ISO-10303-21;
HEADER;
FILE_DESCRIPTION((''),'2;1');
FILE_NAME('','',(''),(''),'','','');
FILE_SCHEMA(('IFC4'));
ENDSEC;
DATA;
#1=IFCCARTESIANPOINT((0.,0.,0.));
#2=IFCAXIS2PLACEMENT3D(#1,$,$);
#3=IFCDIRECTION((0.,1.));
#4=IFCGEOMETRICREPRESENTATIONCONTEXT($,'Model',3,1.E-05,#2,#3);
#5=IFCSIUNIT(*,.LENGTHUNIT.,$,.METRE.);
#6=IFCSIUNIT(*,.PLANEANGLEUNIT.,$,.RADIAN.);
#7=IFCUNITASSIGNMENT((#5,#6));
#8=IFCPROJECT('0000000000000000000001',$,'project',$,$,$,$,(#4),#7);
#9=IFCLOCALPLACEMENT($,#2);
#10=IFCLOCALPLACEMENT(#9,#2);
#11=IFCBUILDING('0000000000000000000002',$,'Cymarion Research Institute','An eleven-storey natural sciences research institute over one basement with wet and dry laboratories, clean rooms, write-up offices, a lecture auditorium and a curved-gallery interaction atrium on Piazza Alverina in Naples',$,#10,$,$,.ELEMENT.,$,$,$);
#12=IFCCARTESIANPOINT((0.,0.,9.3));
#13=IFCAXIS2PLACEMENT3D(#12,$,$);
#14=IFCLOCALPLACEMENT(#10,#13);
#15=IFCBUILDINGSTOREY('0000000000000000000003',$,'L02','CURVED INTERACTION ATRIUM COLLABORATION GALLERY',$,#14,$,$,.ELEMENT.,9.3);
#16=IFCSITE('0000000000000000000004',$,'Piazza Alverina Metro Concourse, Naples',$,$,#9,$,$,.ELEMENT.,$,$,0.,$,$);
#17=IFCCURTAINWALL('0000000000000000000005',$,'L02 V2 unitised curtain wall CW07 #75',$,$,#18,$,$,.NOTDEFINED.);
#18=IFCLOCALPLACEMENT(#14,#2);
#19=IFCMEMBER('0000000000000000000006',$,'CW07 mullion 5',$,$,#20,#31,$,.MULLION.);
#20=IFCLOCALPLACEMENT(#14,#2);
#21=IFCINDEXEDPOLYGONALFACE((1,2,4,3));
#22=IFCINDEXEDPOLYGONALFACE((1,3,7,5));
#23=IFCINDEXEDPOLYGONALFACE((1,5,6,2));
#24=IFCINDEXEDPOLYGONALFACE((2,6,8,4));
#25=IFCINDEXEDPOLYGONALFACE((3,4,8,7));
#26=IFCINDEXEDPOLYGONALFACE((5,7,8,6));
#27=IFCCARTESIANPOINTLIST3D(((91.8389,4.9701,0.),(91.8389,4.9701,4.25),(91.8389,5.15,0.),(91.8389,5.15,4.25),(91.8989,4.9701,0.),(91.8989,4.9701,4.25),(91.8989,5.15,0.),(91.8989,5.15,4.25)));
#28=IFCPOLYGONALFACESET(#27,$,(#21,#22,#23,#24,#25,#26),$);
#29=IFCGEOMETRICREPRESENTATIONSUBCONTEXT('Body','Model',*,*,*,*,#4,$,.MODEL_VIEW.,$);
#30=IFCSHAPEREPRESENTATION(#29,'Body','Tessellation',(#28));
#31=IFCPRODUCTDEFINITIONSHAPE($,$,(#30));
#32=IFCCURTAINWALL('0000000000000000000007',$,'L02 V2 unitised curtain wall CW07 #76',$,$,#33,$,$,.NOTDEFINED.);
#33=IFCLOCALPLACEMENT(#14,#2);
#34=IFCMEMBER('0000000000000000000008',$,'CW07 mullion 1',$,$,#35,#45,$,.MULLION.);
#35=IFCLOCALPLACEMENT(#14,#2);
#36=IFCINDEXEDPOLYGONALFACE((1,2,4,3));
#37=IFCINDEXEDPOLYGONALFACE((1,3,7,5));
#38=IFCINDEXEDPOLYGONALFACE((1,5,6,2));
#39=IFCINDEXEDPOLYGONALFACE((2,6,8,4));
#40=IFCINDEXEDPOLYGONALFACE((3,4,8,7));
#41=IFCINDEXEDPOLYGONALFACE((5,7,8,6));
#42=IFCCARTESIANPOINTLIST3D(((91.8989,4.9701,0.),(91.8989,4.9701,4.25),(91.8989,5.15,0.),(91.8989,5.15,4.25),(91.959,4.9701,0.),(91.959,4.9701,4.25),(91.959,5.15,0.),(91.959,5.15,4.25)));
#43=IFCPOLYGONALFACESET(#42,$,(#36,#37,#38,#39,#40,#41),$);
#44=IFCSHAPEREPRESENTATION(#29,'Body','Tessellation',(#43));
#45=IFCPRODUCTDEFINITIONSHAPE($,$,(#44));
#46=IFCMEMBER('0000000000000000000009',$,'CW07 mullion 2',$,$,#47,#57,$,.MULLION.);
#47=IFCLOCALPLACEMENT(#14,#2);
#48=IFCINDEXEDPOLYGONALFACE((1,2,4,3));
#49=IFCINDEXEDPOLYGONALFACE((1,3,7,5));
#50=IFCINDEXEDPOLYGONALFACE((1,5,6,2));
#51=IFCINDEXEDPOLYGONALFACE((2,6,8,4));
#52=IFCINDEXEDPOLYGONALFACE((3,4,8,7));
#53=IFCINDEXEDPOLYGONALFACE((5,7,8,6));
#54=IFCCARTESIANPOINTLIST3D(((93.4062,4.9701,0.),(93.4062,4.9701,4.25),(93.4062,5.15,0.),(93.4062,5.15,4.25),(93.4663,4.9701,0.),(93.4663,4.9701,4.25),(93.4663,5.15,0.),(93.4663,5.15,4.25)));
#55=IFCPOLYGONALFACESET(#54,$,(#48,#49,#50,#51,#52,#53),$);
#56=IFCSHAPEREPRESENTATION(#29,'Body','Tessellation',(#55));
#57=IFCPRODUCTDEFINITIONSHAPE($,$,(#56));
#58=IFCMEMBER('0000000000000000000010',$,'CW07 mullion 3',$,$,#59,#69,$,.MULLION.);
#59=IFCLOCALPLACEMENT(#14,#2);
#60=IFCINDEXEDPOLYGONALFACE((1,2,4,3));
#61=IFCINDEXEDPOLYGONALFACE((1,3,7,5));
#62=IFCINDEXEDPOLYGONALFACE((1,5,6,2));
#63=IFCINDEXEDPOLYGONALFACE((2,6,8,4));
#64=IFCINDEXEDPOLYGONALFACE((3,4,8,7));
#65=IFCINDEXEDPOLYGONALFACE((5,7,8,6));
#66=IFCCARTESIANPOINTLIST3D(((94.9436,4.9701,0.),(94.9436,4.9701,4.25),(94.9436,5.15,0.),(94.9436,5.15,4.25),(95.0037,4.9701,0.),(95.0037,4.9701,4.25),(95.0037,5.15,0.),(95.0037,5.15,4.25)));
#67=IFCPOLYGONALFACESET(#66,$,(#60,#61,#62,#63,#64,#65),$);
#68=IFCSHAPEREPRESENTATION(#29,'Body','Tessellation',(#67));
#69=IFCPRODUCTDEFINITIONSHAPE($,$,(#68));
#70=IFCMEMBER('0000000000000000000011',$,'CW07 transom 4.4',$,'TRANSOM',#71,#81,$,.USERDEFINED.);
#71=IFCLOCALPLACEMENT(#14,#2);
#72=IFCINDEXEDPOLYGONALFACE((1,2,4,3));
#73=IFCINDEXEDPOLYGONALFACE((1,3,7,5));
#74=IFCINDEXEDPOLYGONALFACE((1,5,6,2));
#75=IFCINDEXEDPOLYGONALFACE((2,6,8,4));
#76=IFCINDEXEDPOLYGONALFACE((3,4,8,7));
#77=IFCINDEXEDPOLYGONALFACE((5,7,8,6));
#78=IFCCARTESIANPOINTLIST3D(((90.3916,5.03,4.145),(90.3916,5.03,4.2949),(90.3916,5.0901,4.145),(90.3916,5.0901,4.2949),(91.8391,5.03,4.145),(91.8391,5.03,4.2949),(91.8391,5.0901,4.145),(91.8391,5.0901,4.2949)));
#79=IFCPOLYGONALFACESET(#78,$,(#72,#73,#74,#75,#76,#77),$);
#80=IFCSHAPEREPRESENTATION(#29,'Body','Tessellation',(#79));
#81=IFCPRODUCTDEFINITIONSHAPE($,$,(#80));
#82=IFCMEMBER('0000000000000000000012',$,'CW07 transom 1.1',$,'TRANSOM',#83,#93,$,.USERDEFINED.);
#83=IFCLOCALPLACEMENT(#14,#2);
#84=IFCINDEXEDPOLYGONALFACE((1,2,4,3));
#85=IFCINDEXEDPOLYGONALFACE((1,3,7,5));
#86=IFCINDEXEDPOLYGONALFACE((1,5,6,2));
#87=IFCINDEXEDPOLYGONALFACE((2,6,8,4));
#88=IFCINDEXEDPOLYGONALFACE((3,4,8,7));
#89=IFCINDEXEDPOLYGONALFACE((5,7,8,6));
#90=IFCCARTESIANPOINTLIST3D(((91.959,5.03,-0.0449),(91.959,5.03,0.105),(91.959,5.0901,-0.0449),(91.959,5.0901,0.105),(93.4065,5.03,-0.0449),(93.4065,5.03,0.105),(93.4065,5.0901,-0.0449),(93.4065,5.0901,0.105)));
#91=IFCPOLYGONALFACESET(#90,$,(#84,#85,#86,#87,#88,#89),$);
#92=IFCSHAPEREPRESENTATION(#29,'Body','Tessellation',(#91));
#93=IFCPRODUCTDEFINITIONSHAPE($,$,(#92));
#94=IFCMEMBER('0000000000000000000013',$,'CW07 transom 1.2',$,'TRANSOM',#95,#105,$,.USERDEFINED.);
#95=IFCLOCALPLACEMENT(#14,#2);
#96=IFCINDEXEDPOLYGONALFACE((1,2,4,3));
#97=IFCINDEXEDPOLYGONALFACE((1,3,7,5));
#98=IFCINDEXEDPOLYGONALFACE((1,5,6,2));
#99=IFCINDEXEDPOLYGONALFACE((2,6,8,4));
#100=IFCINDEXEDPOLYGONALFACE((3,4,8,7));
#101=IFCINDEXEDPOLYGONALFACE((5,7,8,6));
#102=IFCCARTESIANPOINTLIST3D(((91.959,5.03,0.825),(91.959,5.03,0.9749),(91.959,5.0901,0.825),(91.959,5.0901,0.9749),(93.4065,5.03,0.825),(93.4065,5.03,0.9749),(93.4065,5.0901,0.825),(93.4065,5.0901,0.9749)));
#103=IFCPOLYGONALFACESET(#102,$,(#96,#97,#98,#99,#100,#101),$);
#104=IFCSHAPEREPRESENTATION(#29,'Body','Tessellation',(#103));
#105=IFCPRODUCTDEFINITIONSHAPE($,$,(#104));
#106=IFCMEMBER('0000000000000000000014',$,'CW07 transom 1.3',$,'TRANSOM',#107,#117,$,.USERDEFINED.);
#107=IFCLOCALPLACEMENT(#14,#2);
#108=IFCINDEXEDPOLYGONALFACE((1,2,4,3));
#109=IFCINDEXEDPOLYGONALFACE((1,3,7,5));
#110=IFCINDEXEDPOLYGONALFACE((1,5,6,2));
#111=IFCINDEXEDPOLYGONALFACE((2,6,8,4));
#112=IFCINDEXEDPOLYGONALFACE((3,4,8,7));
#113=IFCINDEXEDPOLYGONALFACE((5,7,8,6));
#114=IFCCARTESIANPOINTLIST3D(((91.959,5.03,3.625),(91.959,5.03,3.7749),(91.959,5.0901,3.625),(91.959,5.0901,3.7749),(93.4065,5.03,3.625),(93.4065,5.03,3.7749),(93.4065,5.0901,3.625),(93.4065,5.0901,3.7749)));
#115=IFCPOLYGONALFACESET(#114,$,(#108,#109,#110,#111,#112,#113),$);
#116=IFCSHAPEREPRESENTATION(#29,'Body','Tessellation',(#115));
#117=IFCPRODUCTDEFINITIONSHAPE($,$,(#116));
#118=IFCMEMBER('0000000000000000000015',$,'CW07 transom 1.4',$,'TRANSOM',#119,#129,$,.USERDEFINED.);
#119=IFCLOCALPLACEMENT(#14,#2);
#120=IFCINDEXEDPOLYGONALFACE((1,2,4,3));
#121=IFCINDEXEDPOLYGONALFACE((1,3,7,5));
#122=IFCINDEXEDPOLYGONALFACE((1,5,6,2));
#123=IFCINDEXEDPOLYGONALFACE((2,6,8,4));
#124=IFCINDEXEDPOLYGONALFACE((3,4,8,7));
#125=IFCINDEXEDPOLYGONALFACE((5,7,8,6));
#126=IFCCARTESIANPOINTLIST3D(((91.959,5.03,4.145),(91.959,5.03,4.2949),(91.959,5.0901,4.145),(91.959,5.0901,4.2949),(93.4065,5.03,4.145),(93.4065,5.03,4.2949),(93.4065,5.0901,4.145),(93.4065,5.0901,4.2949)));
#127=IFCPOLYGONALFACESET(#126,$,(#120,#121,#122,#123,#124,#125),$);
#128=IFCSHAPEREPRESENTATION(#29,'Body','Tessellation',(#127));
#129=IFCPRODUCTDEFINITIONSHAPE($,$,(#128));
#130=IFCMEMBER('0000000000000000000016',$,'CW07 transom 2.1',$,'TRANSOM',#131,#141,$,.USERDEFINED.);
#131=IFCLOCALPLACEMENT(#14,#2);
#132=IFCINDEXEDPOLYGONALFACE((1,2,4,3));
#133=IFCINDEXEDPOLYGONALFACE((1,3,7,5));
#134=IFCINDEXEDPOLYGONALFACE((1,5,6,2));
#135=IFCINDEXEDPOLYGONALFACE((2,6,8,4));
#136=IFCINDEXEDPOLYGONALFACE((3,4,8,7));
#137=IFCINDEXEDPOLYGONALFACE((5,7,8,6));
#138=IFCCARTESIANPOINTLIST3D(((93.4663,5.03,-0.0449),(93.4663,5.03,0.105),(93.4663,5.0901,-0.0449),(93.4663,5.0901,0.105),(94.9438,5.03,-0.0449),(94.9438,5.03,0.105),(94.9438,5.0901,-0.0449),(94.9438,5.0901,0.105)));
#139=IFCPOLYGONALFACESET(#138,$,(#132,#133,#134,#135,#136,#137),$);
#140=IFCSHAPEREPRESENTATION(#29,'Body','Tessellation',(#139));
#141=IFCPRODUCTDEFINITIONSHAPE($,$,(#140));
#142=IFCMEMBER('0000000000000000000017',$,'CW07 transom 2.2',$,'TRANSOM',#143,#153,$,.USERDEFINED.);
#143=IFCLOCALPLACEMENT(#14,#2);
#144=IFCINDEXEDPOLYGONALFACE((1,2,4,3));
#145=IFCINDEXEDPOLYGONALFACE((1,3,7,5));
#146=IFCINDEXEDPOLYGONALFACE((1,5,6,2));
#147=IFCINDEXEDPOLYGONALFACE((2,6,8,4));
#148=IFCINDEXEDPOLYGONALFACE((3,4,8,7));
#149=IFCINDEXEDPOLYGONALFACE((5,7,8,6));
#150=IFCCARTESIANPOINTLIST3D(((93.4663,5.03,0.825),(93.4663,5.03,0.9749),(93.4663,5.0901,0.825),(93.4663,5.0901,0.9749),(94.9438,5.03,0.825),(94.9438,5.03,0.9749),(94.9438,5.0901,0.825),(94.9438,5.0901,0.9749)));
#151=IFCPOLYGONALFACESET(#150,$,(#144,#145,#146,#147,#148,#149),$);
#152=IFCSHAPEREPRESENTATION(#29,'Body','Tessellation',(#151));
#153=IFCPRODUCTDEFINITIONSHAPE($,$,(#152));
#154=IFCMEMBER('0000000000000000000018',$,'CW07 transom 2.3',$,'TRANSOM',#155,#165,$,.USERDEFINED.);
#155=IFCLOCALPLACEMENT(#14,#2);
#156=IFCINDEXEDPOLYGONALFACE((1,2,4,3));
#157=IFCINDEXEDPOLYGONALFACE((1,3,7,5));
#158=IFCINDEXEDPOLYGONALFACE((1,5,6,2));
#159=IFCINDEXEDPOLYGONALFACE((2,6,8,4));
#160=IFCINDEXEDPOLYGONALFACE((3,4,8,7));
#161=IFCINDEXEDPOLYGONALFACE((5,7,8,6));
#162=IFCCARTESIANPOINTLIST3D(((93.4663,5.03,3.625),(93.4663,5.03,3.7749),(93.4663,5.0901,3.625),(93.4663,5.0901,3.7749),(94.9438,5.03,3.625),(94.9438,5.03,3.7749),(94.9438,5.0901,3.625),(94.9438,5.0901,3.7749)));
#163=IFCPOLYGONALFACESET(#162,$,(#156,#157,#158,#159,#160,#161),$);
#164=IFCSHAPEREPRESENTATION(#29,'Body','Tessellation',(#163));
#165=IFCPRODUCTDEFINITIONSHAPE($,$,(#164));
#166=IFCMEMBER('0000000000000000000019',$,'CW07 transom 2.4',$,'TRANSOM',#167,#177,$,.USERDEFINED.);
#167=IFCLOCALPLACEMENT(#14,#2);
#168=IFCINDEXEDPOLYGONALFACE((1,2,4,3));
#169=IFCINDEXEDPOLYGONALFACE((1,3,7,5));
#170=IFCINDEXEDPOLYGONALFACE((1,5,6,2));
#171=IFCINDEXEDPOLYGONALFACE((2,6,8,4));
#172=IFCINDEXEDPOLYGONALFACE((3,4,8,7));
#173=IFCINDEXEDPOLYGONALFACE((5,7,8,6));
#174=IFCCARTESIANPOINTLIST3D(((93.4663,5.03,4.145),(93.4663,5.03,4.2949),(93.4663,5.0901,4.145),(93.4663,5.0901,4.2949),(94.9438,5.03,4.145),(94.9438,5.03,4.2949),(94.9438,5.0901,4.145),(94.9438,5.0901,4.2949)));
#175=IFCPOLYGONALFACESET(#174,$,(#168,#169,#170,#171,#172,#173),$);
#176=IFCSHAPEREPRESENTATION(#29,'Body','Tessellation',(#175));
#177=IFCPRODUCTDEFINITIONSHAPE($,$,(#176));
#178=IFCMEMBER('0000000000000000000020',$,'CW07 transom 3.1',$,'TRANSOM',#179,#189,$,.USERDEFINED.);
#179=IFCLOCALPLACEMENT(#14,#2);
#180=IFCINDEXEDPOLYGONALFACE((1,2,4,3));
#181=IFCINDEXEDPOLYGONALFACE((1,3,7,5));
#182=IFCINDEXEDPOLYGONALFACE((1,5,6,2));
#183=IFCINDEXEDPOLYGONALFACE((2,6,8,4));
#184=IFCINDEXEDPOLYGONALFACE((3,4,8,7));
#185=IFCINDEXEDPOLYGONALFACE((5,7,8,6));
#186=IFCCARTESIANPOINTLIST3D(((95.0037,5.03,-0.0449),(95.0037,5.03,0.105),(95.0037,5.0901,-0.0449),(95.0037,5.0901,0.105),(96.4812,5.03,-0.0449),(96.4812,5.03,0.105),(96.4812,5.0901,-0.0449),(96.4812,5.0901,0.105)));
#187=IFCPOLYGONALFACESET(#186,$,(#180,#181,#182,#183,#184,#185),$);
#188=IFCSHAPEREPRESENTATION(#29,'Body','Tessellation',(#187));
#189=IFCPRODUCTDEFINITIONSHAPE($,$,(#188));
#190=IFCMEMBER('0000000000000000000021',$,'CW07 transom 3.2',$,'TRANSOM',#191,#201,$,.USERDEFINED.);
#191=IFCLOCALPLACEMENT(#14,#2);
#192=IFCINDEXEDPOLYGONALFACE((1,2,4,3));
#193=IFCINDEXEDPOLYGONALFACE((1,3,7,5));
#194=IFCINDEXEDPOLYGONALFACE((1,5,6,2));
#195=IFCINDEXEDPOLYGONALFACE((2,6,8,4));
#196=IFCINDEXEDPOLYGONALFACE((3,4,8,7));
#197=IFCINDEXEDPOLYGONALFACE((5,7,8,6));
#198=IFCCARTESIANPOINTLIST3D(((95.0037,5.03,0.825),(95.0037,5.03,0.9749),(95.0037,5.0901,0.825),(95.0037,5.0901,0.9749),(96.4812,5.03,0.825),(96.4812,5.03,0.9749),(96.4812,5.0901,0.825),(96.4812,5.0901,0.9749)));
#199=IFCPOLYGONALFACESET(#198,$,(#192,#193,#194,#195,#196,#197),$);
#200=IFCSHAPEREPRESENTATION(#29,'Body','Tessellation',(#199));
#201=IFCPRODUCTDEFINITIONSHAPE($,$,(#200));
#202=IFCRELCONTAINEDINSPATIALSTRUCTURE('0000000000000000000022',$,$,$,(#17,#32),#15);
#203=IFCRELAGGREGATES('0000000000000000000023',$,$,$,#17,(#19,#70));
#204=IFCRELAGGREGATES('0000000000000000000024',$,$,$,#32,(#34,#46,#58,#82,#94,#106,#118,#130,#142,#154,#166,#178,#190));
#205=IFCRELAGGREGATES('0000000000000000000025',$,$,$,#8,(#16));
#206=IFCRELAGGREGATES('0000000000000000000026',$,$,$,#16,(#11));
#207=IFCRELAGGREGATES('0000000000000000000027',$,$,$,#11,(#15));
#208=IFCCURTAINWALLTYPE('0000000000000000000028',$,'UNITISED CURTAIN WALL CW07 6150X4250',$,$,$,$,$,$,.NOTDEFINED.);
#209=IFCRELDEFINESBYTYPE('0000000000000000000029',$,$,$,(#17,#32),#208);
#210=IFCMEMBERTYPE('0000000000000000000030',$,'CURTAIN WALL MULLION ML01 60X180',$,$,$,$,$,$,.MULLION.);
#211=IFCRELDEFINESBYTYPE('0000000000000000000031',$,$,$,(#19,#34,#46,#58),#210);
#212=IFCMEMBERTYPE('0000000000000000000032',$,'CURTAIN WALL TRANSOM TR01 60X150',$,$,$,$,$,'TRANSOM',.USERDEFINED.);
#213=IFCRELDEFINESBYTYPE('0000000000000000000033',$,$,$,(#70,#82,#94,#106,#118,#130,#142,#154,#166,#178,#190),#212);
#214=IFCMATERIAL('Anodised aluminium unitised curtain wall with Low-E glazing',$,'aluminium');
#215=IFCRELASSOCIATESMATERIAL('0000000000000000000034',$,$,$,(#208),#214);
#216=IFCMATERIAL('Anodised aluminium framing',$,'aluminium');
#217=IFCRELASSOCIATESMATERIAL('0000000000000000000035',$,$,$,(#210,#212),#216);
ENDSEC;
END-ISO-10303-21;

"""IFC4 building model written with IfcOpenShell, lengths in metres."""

from ifc_helpers import new_model, si_unit, direction, frame, origin, origin_2d, place, context, subcontext, project, spatial, rectangle, extrude, material, material_profile, profile_set, type_object, element, aggregate, save


model = new_model("IFC4")

# Units and contexts
model_context = context("Model", 3, precision=1e-05, world=origin(), true_north=direction((0.0, 1.0)))
body_context = subcontext(model_context, "Body", "Model", "MODEL_VIEW")
ifc_project = project(units=[si_unit("LENGTHUNIT", "METRE"), si_unit("PLANEANGLEUNIT", "RADIAN")], contexts=[model_context])

# Site, building, storey
site_placement = place(None, origin())
site = spatial("IfcSite", under=ifc_project, at=site_placement, Name="Piazza Alverina Metro Concourse, Naples", CompositionType="ELEMENT", RefElevation=0.0)
building_placement = place(site_placement, origin())
building = spatial("IfcBuilding", under=site, at=building_placement, Name="Cymarion Research Institute", Description="An eleven-storey natural sciences research institute over one basement with wet and dry laboratories, clean rooms, write-up offices, a lecture auditorium and a curved-gallery interaction atrium on Piazza Alverina in Naples", CompositionType="ELEMENT")
storey_placement = place(building_placement, frame((0.0, 0.0, 9.3)))
storey = spatial("IfcBuildingStorey", under=building, at=storey_placement, Name="L02", Description="CURVED INTERACTION ATRIUM COLLABORATION GALLERY", CompositionType="ELEMENT", Elevation=9.3)

# Curtain wall, member
ifc_material_1 = material(Name="Anodised aluminium unitised curtain wall with Low-E glazing", Category="aluminium")
curtain_wall_type = type_object("IfcCurtainWallType", Name="UNITISED CURTAIN WALL CW07 6150X4250", PredefinedType="NOTDEFINED", material=ifc_material_1)
curtain_wall_1_placement = place(storey_placement, origin())
curtain_wall_1 = element("IfcCurtainWall", 1, at=curtain_wall_1_placement, inside=storey, type_object=curtain_wall_type, Name="L02 V2 unitised curtain wall CW07 #75", PredefinedType="NOTDEFINED")
ifc_material_2 = material(Name="Anodised aluminium framing", Category="aluminium")
ifc_material_profile_1 = material_profile(ifc_material_2, rectangle(XDim=0.0601, YDim=0.1799, at=origin_2d()), Name="ALU MULLION 60x180")
ifc_profile_set_1 = profile_set([ifc_material_profile_1], Name="Anodised aluminium framing")
member_type_1 = type_object("IfcMemberType", Name="CURTAIN WALL MULLION ML01 60X180", PredefinedType="MULLION", material=ifc_profile_set_1)
member_1_placement = place(storey_placement, frame((91.8689, 5.0601, 0.0), z_axis=(0.0, 0.0, 1.0), x_axis=(1.0, 0.0, 0.0)))
member_1 = element("IfcMember", 2, at=member_1_placement, type_object=member_type_1, Name="CW07 mullion 5", PredefinedType="MULLION", context=body_context, shape_type="SweptSolid", body=[
    extrude(rectangle(XDim=0.0601, YDim=0.1799, at=origin_2d()), origin(), (0.0, 0.0, 1.0), 4.25),
])

# Curtain wall, members
curtain_wall_2_placement = place(storey_placement, origin())
curtain_wall_2 = element("IfcCurtainWall", 3, at=curtain_wall_2_placement, inside=storey, type_object=curtain_wall_type, Name="L02 V2 unitised curtain wall CW07 #76", PredefinedType="NOTDEFINED")
member_2_placement = place(storey_placement, frame((91.929, 5.0601, 0.0), z_axis=(0.0, 0.0, 1.0), x_axis=(1.0, 0.0, 0.0)))
member_2 = element("IfcMember", 4, at=member_2_placement, type_object=member_type_1, Name="CW07 mullion 1", PredefinedType="MULLION", context=body_context, shape_type="SweptSolid", body=[
    extrude(rectangle(XDim=0.0601, YDim=0.1799, at=origin_2d()), origin(), (0.0, 0.0, 1.0), 4.25),
])
member_3_placement = place(storey_placement, frame((93.4363, 5.0601, 0.0), z_axis=(0.0, 0.0, 1.0), x_axis=(1.0, 0.0, 0.0)))
member_3 = element("IfcMember", 5, at=member_3_placement, type_object=member_type_1, Name="CW07 mullion 2", PredefinedType="MULLION", context=body_context, shape_type="SweptSolid", body=[
    extrude(rectangle(XDim=0.0601, YDim=0.1799, at=origin_2d()), origin(), (0.0, 0.0, 1.0), 4.25),
])
member_4_placement = place(storey_placement, frame((94.9736, 5.0601, 0.0), z_axis=(0.0, 0.0, 1.0), x_axis=(1.0, 0.0, 0.0)))
member_4 = element("IfcMember", 6, at=member_4_placement, type_object=member_type_1, Name="CW07 mullion 3", PredefinedType="MULLION", context=body_context, shape_type="SweptSolid", body=[
    extrude(rectangle(XDim=0.0601, YDim=0.1799, at=origin_2d()), origin(), (0.0, 0.0, 1.0), 4.25),
])

# Members
ifc_material_profile_2 = material_profile(ifc_material_2, rectangle(XDim=0.0601, YDim=0.1499, at=origin_2d()), Name="ALU TRANSOM 60x150")
ifc_profile_set_2 = profile_set([ifc_material_profile_2], Name="Anodised aluminium framing")
member_type_2 = type_object("IfcMemberType", Name="CURTAIN WALL TRANSOM TR01 60X150", ElementType="TRANSOM", PredefinedType="USERDEFINED", material=ifc_profile_set_2)
member_5_placement = place(storey_placement, frame((90.3916, 5.0601, 4.22), z_axis=(1.0, 0.0, 0.0), x_axis=(0.0, 1.0, 0.0)))
member_5 = element("IfcMember", 7, at=member_5_placement, type_object=member_type_2, Name="CW07 transom 4.4", ObjectType="TRANSOM", PredefinedType="USERDEFINED", context=body_context, shape_type="SweptSolid", body=[
    extrude(rectangle(XDim=0.0601, YDim=0.1499, at=origin_2d()), origin(), (0.0, 0.0, 1.0), 1.4475),
])
member_6_placement = place(storey_placement, frame((91.959, 5.0601, 0.03), z_axis=(1.0, 0.0, 0.0), x_axis=(0.0, 1.0, 0.0)))
member_6 = element("IfcMember", 8, at=member_6_placement, type_object=member_type_2, Name="CW07 transom 1.1", ObjectType="TRANSOM", PredefinedType="USERDEFINED", context=body_context, shape_type="SweptSolid", body=[
    extrude(rectangle(XDim=0.0601, YDim=0.1499, at=origin_2d()), origin(), (0.0, 0.0, 1.0), 1.4475),
])
member_7_placement = place(storey_placement, frame((91.959, 5.0601, 0.8999), z_axis=(1.0, 0.0, 0.0), x_axis=(0.0, 1.0, 0.0)))
member_7 = element("IfcMember", 9, at=member_7_placement, type_object=member_type_2, Name="CW07 transom 1.2", ObjectType="TRANSOM", PredefinedType="USERDEFINED", context=body_context, shape_type="SweptSolid", body=[
    extrude(rectangle(XDim=0.0601, YDim=0.1499, at=origin_2d()), origin(), (0.0, 0.0, 1.0), 1.4475),
])
member_8_placement = place(storey_placement, frame((91.959, 5.0601, 3.7), z_axis=(1.0, 0.0, 0.0), x_axis=(0.0, 1.0, 0.0)))
member_8 = element("IfcMember", 10, at=member_8_placement, type_object=member_type_2, Name="CW07 transom 1.3", ObjectType="TRANSOM", PredefinedType="USERDEFINED", context=body_context, shape_type="SweptSolid", body=[
    extrude(rectangle(XDim=0.0601, YDim=0.1499, at=origin_2d()), origin(), (0.0, 0.0, 1.0), 1.4475),
])
member_9_placement = place(storey_placement, frame((91.959, 5.0601, 4.22), z_axis=(1.0, 0.0, 0.0), x_axis=(0.0, 1.0, 0.0)))
member_9 = element("IfcMember", 11, at=member_9_placement, type_object=member_type_2, Name="CW07 transom 1.4", ObjectType="TRANSOM", PredefinedType="USERDEFINED", context=body_context, shape_type="SweptSolid", body=[
    extrude(rectangle(XDim=0.0601, YDim=0.1499, at=origin_2d()), origin(), (0.0, 0.0, 1.0), 1.4475),
])
member_10_placement = place(storey_placement, frame((93.4663, 5.0601, 0.03), z_axis=(1.0, 0.0, 0.0), x_axis=(0.0, 1.0, 0.0)))
member_10 = element("IfcMember", 12, at=member_10_placement, type_object=member_type_2, Name="CW07 transom 2.1", ObjectType="TRANSOM", PredefinedType="USERDEFINED", context=body_context, shape_type="SweptSolid", body=[
    extrude(rectangle(XDim=0.0601, YDim=0.1499, at=origin_2d()), origin(), (0.0, 0.0, 1.0), 1.4775),
])
member_11_placement = place(storey_placement, frame((93.4663, 5.0601, 0.8999), z_axis=(1.0, 0.0, 0.0), x_axis=(0.0, 1.0, 0.0)))
member_11 = element("IfcMember", 13, at=member_11_placement, type_object=member_type_2, Name="CW07 transom 2.2", ObjectType="TRANSOM", PredefinedType="USERDEFINED", context=body_context, shape_type="SweptSolid", body=[
    extrude(rectangle(XDim=0.0601, YDim=0.1499, at=origin_2d()), origin(), (0.0, 0.0, 1.0), 1.4775),
])
member_12_placement = place(storey_placement, frame((93.4663, 5.0601, 3.7), z_axis=(1.0, 0.0, 0.0), x_axis=(0.0, 1.0, 0.0)))
member_12 = element("IfcMember", 14, at=member_12_placement, type_object=member_type_2, Name="CW07 transom 2.3", ObjectType="TRANSOM", PredefinedType="USERDEFINED", context=body_context, shape_type="SweptSolid", body=[
    extrude(rectangle(XDim=0.0601, YDim=0.1499, at=origin_2d()), origin(), (0.0, 0.0, 1.0), 1.4775),
])
member_13_placement = place(storey_placement, frame((93.4663, 5.0601, 4.22), z_axis=(1.0, 0.0, 0.0), x_axis=(0.0, 1.0, 0.0)))
member_13 = element("IfcMember", 15, at=member_13_placement, type_object=member_type_2, Name="CW07 transom 2.4", ObjectType="TRANSOM", PredefinedType="USERDEFINED", context=body_context, shape_type="SweptSolid", body=[
    extrude(rectangle(XDim=0.0601, YDim=0.1499, at=origin_2d()), origin(), (0.0, 0.0, 1.0), 1.4775),
])
member_14_placement = place(storey_placement, frame((95.0037, 5.0601, 0.03), z_axis=(1.0, 0.0, 0.0), x_axis=(0.0, 1.0, 0.0)))
member_14 = element("IfcMember", 16, at=member_14_placement, type_object=member_type_2, Name="CW07 transom 3.1", ObjectType="TRANSOM", PredefinedType="USERDEFINED", context=body_context, shape_type="SweptSolid", body=[
    extrude(rectangle(XDim=0.0601, YDim=0.1499, at=origin_2d()), origin(), (0.0, 0.0, 1.0), 1.4775),
])
member_15_placement = place(storey_placement, frame((95.0037, 5.0601, 0.8999), z_axis=(1.0, 0.0, 0.0), x_axis=(0.0, 1.0, 0.0)))
member_15 = element("IfcMember", 17, at=member_15_placement, type_object=member_type_2, Name="CW07 transom 3.2", ObjectType="TRANSOM", PredefinedType="USERDEFINED", context=body_context, shape_type="SweptSolid", body=[
    extrude(rectangle(XDim=0.0601, YDim=0.1499, at=origin_2d()), origin(), (0.0, 0.0, 1.0), 1.4775),
])

aggregate(curtain_wall_1, [member_1, member_5])
aggregate(curtain_wall_2, [member_2, member_3, member_4, member_6, member_7, member_8, member_9, member_10, member_11, member_12, member_13, member_14, member_15])

save(model, "model.ifc")
